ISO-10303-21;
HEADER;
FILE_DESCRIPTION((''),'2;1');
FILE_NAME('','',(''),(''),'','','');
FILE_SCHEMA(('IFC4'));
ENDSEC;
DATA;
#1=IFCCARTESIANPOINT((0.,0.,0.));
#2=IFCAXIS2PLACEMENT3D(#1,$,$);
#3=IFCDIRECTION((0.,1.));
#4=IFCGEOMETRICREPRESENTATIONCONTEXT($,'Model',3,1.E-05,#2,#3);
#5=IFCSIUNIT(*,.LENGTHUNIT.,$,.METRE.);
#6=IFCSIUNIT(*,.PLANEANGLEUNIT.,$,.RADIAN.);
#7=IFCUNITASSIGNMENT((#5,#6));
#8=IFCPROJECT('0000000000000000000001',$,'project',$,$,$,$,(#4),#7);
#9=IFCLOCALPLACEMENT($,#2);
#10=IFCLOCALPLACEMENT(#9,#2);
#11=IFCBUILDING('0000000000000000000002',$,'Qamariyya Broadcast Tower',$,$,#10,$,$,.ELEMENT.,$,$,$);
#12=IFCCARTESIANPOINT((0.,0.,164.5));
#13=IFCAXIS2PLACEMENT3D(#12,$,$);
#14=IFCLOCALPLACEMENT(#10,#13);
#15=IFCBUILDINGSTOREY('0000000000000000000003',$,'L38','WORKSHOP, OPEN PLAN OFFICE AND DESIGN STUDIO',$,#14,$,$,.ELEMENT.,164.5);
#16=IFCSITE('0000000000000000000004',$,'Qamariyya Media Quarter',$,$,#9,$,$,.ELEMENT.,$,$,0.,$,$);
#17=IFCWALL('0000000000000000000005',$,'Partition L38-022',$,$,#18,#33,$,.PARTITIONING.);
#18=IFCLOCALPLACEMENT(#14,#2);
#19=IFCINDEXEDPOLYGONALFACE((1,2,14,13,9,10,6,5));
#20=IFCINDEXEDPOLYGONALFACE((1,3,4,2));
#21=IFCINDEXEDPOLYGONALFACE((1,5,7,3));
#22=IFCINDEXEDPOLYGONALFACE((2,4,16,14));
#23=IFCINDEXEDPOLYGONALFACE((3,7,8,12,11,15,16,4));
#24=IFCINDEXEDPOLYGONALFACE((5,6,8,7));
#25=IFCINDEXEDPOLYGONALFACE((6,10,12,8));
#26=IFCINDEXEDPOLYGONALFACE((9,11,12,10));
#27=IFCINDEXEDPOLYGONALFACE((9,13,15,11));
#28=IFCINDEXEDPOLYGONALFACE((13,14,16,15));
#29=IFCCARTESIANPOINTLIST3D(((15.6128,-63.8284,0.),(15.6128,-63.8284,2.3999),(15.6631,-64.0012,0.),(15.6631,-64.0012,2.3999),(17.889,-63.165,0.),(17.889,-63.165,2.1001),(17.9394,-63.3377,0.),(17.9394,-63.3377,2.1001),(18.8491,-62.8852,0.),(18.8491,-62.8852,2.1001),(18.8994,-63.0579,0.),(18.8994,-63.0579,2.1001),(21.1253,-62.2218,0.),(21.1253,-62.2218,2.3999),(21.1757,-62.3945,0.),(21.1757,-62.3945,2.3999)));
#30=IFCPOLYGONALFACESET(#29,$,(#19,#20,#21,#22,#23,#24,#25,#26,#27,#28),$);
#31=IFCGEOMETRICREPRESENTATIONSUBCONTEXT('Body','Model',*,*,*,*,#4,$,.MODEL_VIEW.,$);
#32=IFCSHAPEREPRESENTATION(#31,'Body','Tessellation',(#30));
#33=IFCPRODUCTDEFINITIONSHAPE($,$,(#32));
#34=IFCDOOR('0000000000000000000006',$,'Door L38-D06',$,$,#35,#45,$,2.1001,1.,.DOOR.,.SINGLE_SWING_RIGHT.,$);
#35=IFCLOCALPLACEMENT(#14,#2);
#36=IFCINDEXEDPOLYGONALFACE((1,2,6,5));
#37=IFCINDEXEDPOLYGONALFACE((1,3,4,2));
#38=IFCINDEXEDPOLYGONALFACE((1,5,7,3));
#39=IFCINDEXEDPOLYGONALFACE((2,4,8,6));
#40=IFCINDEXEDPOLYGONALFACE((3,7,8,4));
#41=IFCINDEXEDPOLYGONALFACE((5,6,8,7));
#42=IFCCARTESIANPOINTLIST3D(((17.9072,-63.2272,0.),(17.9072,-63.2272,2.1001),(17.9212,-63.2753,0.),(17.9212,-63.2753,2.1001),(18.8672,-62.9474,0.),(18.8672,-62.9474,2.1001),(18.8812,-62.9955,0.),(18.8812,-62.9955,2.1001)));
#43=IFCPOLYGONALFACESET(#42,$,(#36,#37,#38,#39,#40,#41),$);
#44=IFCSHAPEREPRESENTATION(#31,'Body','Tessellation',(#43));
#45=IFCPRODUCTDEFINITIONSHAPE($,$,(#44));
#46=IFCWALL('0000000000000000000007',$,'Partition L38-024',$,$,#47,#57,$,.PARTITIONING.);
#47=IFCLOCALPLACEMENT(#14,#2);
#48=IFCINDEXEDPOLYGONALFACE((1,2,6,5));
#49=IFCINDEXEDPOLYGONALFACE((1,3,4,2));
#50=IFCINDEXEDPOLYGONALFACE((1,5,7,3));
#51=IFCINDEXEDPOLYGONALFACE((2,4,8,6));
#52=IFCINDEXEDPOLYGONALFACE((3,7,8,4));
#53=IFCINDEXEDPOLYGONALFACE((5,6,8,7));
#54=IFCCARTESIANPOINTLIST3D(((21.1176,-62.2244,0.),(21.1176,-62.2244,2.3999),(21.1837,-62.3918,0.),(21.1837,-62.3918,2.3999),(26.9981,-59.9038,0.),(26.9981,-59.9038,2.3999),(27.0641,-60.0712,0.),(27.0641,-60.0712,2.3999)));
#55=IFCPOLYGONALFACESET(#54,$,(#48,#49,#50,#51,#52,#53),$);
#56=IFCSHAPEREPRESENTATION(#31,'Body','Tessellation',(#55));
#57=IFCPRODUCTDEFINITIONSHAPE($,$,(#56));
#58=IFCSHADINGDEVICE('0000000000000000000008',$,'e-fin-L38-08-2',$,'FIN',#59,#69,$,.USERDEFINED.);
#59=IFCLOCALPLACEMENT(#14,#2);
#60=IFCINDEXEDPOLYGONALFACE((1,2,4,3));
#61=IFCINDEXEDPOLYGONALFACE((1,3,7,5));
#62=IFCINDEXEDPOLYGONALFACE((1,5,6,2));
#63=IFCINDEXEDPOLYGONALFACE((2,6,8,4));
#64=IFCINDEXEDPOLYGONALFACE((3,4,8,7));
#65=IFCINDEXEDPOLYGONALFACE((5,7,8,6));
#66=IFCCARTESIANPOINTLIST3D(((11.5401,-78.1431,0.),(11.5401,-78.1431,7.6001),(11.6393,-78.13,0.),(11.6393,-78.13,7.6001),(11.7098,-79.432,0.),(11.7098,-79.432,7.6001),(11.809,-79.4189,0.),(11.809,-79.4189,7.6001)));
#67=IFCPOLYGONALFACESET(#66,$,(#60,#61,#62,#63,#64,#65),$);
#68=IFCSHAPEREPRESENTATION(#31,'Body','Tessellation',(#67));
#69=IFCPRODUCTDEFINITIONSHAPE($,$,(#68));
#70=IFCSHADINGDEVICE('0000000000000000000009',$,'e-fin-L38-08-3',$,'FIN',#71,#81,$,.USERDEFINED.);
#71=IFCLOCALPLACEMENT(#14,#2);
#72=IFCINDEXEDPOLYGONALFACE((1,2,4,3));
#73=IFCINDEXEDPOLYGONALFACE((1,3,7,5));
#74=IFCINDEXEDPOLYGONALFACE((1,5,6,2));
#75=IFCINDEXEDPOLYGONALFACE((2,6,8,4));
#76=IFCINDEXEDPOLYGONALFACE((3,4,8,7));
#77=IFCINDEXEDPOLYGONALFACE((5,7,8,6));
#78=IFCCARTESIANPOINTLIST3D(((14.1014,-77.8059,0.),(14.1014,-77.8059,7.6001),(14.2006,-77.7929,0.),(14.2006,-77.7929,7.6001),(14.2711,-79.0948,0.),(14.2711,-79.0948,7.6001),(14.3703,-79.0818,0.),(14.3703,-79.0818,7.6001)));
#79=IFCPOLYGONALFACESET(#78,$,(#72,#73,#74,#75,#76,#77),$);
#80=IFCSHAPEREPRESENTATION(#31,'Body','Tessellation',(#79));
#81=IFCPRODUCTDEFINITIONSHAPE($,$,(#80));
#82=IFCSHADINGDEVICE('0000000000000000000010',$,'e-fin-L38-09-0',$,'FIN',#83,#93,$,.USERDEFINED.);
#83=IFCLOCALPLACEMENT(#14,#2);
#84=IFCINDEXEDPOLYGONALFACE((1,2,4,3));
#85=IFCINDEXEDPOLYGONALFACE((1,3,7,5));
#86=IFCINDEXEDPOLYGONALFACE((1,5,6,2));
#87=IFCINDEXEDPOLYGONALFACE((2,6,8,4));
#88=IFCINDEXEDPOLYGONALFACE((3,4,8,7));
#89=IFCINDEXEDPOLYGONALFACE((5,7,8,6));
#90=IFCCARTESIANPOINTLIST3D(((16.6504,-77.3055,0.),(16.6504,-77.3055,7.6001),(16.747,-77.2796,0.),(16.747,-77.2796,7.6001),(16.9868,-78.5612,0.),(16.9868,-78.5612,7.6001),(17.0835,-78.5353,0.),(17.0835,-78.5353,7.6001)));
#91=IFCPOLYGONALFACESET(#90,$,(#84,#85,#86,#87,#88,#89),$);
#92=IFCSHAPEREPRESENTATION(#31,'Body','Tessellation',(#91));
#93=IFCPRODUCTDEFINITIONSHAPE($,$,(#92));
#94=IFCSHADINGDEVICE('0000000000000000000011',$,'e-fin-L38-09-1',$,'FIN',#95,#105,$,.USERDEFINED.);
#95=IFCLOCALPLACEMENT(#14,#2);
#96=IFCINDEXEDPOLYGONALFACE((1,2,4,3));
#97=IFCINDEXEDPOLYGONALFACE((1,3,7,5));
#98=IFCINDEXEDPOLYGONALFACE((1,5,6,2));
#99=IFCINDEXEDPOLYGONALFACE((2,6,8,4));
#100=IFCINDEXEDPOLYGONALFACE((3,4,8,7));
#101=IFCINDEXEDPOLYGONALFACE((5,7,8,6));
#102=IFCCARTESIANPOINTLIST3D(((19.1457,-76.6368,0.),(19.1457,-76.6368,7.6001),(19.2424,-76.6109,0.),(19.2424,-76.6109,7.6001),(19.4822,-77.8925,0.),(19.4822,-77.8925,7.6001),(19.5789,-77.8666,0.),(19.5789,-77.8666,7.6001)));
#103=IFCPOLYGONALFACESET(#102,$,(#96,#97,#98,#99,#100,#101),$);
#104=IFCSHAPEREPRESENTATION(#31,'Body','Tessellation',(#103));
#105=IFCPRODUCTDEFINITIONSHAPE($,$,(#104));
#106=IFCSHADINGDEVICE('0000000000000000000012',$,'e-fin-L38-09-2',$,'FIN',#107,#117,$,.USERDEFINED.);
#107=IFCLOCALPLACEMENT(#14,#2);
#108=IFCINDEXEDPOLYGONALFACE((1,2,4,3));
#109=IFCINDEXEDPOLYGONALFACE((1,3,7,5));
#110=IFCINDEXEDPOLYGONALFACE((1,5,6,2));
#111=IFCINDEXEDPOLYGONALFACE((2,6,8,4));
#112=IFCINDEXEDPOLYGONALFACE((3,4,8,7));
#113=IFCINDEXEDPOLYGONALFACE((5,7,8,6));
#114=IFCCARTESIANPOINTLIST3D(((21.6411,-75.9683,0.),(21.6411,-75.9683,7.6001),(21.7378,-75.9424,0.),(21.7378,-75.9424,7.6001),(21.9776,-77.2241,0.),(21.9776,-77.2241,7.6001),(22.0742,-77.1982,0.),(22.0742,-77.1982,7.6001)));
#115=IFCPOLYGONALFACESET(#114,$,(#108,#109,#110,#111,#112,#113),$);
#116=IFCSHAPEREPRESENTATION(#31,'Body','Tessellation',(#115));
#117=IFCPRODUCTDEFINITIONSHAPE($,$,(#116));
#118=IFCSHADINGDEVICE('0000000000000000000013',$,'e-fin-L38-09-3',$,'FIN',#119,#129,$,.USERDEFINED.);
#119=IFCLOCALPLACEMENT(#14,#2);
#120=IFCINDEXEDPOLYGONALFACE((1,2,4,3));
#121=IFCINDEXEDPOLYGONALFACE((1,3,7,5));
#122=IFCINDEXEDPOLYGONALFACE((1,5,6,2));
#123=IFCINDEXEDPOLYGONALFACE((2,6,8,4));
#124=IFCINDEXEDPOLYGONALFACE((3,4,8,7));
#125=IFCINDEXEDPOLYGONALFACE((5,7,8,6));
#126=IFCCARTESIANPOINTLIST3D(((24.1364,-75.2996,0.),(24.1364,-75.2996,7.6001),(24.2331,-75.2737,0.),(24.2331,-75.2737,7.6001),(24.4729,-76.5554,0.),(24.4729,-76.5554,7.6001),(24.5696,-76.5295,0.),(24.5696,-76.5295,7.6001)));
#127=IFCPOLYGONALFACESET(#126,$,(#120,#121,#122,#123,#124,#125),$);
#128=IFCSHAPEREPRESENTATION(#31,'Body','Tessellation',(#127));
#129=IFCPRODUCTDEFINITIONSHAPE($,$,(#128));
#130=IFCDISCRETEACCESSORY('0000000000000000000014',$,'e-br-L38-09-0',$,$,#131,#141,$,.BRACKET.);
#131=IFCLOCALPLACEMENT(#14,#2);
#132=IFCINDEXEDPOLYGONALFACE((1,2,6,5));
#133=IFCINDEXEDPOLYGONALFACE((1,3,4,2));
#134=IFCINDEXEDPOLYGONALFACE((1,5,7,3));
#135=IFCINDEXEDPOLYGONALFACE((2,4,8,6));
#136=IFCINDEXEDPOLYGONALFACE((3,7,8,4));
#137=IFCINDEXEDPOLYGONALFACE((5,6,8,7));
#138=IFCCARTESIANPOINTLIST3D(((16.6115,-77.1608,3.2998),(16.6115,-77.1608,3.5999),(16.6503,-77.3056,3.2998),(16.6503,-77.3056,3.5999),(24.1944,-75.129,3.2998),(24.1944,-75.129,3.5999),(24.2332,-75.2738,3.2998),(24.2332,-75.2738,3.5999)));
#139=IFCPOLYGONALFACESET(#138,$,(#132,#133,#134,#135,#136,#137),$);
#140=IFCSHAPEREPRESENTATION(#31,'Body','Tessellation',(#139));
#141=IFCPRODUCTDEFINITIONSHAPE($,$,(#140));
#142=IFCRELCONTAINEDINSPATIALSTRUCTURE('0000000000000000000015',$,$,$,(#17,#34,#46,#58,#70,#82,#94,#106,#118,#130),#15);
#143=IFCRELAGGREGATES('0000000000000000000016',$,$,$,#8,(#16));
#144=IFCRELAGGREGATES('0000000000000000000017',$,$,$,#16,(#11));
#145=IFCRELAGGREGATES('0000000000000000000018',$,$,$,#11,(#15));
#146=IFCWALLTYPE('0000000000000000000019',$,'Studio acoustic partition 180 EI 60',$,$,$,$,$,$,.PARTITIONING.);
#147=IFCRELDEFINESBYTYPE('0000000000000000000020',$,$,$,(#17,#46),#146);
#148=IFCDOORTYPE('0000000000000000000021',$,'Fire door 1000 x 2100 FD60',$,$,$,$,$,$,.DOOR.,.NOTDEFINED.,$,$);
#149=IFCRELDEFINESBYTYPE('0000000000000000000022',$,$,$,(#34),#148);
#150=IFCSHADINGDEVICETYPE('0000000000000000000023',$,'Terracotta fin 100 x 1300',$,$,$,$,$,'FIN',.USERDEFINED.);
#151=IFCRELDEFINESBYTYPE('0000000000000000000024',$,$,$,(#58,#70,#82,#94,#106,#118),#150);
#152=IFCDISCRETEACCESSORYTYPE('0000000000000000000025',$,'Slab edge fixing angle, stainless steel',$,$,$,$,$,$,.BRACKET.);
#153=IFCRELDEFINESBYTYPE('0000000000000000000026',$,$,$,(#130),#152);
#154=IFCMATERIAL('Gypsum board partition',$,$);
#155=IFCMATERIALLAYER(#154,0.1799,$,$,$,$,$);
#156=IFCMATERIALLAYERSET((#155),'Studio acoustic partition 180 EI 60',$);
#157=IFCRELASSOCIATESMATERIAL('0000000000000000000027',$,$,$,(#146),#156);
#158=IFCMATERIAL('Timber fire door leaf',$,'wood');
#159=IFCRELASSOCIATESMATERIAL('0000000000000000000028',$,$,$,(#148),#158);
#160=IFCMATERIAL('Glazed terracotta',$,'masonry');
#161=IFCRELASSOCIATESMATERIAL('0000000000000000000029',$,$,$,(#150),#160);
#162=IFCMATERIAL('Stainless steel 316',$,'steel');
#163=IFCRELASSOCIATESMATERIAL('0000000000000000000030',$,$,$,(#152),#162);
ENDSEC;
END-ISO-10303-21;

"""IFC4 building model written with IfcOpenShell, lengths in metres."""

from ifc_helpers import new_model, si_unit, direction, frame, frame_2d, origin, origin_2d, place, context, subcontext, project, spatial, rectangle, extrude, material, layer, layer_set, material_profile, profile_set, type_object, element, fill, save


model = new_model("IFC4")

# Units and contexts
model_context = context("Model", 3, precision=1e-05, world=origin(), true_north=direction((0.0, 1.0)))
body_context = subcontext(model_context, "Body", "Model", "MODEL_VIEW")
ifc_project = project(units=[si_unit("LENGTHUNIT", "METRE"), si_unit("PLANEANGLEUNIT", "RADIAN")], contexts=[model_context])

# Site, building, storey
site_placement = place(None, origin())
site = spatial("IfcSite", under=ifc_project, at=site_placement, Name="Qamariyya Media Quarter", CompositionType="ELEMENT", RefElevation=0.0)
building_placement = place(site_placement, origin())
building = spatial("IfcBuilding", under=site, at=building_placement, Name="Qamariyya Broadcast Tower", CompositionType="ELEMENT")
storey_placement = place(building_placement, frame((0.0, 0.0, 164.5)))
storey = spatial("IfcBuildingStorey", under=building, at=storey_placement, Name="L38", Description="WORKSHOP, OPEN PLAN OFFICE AND DESIGN STUDIO", CompositionType="ELEMENT", Elevation=164.5)

# Shared definitions
ifc_material_1 = material(Name="Gypsum board partition")

# Wall, opening, door
ifc_layer_1 = layer(ifc_material_1, 0.1799)
ifc_layer_set_1 = layer_set([ifc_layer_1], Name="Studio acoustic partition 180 EI 60")
wall_type_1 = type_object("IfcWallType", Name="Studio acoustic partition 180 EI 60", PredefinedType="PARTITIONING", material=ifc_layer_set_1)
ifc_material_2 = material(Name="Timber fire door leaf", Category="wood")
door_type_1 = type_object("IfcDoorType", Name="Fire door 1000 x 2100 FD60", OperationType="NOTDEFINED", PredefinedType="DOOR", material=ifc_material_2)
wall_1_placement = place(storey_placement, frame((21.1506, -62.3081, 0.0), z_axis=(0.0, 0.0, 1.0), x_axis=(-0.960055, -0.279811, 0.0)))
wall_1 = element("IfcWall", 1, at=wall_1_placement, inside=storey, type_object=wall_type_1, Name="Partition L38-022", PredefinedType="PARTITIONING", context=body_context, shape_type="SweptSolid", body=[
    extrude(rectangle(XDim=5.7419, YDim=0.1799, at=frame_2d((2.8711, 0.0))), origin(), (0.0, 0.0, 1.0), 2.3999),
])
opening_1_placement = place(wall_1_placement, frame((2.3711, 0.0, 0.0)))
opening_1 = element("IfcOpeningElement", 2, at=opening_1_placement, cuts=wall_1, PredefinedType="OPENING", context=body_context, shape_type="SweptSolid", body=[
    extrude(rectangle(XDim=1.0, YDim=2.1001, at=frame_2d((0.5, 1.05))), frame((0.0, 0.0999, 0.0), z_axis=(0.0, -1.0, 0.0), x_axis=(1.0, 0.0, 0.0)), (0.0, 0.0, 1.0), 0.2),
])
door_1_placement = place(opening_1_placement, origin())
door_1 = element("IfcDoor", 3, at=door_1_placement, inside=storey, type_object=door_type_1, Name="Door L38-D06", OperationType="SINGLE_SWING_RIGHT", OverallHeight=2.1001, OverallWidth=1.0, PredefinedType="DOOR", context=body_context, shape_type="SweptSolid", body=[
    extrude(rectangle(XDim=1.0, YDim=2.1001, at=frame_2d((0.5, 1.05))), frame((0.0, 0.0249, 0.0), z_axis=(0.0, -1.0, 0.0), x_axis=(1.0, 0.0, 0.0)), (0.0, 0.0, 1.0), 0.05),
])
fill(opening_1, door_1)

# Wall
wall_2_placement = place(storey_placement, frame((21.1506, -62.3081, 0.0), z_axis=(0.0, 0.0, 1.0), x_axis=(0.93019, 0.367079, 0.0)))
element("IfcWall", 4, at=wall_2_placement, inside=storey, type_object=wall_type_1, Name="Partition L38-024", PredefinedType="PARTITIONING", context=body_context, shape_type="SweptSolid", body=[
    extrude(rectangle(XDim=6.3218, YDim=0.1799, at=frame_2d((3.1609, 0.0))), origin(), (0.0, 0.0, 1.0), 2.3999),
])

# Shading devices
ifc_material_3 = material(Name="Glazed terracotta", Category="masonry")
ifc_material_profile_1 = material_profile(ifc_material_3, rectangle(XDim=1.3, YDim=0.1001, at=origin_2d()))
ifc_profile_set_1 = profile_set([ifc_material_profile_1], Name="Glazed terracotta")
shading_device_type_1 = type_object("IfcShadingDeviceType", Name="Terracotta fin 100 x 1300", ElementType="FIN", PredefinedType="USERDEFINED", material=ifc_profile_set_1)
for number, where, z_axis, x_axis, name in (
    (5, (11.6746, -78.781, 0.0), (0.0, 0.0, 1.0), (0.130526, -0.991445, 0.0), "e-fin-L38-08-2"),
    (6, (14.2358, -78.4438, 0.0), (0.0, 0.0, 1.0), (0.130526, -0.991445, 0.0), "e-fin-L38-08-3"),
    (7, (16.8669, -77.9204, 0.0), (0.0, 0.0, 1.0), (0.258819, -0.965926, 0.0), "e-fin-L38-09-0"),
    (8, (19.3623, -77.2517, 0.0), (0.0, 0.0, 1.0), (0.258819, -0.965926, 0.0), "e-fin-L38-09-1"),
    (9, (21.8577, -76.5833, 0.0), (0.0, 0.0, 1.0), (0.258819, -0.965926, 0.0), "e-fin-L38-09-2"),
    (10, (24.353, -75.9146, 0.0), (0.0, 0.0, 1.0), (0.258819, -0.965926, 0.0), "e-fin-L38-09-3"),
):
    element("IfcShadingDevice", number, at=place(storey_placement, frame(where, z_axis=z_axis, x_axis=x_axis)), inside=storey, type_object=shading_device_type_1, Name=name, ObjectType="FIN", PredefinedType="USERDEFINED", context=body_context, shape_type="SweptSolid", body=[
        extrude(rectangle(XDim=1.3, YDim=0.1001, at=origin_2d()), origin(), (0.0, 0.0, 1.0), 7.6001),
    ])

# Discrete accessory
ifc_material_4 = material(Name="Stainless steel 316", Category="steel")
discrete_accessory_type = type_object("IfcDiscreteAccessoryType", Name="Slab edge fixing angle, stainless steel", PredefinedType="BRACKET", material=ifc_material_4)
discrete_accessory_placement = place(storey_placement, frame((20.4224, -76.2173, 3.2998), z_axis=(0.0, 0.0, 1.0), x_axis=(0.965926, 0.258819, 0.0)))
element("IfcDiscreteAccessory", 11, at=discrete_accessory_placement, inside=storey, type_object=discrete_accessory_type, Name="e-br-L38-09-0", PredefinedType="BRACKET", context=body_context, shape_type="SweptSolid", body=[
    extrude(rectangle(XDim=7.8503, YDim=0.1499, at=origin_2d()), origin(), (0.0, 0.0, 1.0), 0.3),
])

save(model, "model.ifc")
